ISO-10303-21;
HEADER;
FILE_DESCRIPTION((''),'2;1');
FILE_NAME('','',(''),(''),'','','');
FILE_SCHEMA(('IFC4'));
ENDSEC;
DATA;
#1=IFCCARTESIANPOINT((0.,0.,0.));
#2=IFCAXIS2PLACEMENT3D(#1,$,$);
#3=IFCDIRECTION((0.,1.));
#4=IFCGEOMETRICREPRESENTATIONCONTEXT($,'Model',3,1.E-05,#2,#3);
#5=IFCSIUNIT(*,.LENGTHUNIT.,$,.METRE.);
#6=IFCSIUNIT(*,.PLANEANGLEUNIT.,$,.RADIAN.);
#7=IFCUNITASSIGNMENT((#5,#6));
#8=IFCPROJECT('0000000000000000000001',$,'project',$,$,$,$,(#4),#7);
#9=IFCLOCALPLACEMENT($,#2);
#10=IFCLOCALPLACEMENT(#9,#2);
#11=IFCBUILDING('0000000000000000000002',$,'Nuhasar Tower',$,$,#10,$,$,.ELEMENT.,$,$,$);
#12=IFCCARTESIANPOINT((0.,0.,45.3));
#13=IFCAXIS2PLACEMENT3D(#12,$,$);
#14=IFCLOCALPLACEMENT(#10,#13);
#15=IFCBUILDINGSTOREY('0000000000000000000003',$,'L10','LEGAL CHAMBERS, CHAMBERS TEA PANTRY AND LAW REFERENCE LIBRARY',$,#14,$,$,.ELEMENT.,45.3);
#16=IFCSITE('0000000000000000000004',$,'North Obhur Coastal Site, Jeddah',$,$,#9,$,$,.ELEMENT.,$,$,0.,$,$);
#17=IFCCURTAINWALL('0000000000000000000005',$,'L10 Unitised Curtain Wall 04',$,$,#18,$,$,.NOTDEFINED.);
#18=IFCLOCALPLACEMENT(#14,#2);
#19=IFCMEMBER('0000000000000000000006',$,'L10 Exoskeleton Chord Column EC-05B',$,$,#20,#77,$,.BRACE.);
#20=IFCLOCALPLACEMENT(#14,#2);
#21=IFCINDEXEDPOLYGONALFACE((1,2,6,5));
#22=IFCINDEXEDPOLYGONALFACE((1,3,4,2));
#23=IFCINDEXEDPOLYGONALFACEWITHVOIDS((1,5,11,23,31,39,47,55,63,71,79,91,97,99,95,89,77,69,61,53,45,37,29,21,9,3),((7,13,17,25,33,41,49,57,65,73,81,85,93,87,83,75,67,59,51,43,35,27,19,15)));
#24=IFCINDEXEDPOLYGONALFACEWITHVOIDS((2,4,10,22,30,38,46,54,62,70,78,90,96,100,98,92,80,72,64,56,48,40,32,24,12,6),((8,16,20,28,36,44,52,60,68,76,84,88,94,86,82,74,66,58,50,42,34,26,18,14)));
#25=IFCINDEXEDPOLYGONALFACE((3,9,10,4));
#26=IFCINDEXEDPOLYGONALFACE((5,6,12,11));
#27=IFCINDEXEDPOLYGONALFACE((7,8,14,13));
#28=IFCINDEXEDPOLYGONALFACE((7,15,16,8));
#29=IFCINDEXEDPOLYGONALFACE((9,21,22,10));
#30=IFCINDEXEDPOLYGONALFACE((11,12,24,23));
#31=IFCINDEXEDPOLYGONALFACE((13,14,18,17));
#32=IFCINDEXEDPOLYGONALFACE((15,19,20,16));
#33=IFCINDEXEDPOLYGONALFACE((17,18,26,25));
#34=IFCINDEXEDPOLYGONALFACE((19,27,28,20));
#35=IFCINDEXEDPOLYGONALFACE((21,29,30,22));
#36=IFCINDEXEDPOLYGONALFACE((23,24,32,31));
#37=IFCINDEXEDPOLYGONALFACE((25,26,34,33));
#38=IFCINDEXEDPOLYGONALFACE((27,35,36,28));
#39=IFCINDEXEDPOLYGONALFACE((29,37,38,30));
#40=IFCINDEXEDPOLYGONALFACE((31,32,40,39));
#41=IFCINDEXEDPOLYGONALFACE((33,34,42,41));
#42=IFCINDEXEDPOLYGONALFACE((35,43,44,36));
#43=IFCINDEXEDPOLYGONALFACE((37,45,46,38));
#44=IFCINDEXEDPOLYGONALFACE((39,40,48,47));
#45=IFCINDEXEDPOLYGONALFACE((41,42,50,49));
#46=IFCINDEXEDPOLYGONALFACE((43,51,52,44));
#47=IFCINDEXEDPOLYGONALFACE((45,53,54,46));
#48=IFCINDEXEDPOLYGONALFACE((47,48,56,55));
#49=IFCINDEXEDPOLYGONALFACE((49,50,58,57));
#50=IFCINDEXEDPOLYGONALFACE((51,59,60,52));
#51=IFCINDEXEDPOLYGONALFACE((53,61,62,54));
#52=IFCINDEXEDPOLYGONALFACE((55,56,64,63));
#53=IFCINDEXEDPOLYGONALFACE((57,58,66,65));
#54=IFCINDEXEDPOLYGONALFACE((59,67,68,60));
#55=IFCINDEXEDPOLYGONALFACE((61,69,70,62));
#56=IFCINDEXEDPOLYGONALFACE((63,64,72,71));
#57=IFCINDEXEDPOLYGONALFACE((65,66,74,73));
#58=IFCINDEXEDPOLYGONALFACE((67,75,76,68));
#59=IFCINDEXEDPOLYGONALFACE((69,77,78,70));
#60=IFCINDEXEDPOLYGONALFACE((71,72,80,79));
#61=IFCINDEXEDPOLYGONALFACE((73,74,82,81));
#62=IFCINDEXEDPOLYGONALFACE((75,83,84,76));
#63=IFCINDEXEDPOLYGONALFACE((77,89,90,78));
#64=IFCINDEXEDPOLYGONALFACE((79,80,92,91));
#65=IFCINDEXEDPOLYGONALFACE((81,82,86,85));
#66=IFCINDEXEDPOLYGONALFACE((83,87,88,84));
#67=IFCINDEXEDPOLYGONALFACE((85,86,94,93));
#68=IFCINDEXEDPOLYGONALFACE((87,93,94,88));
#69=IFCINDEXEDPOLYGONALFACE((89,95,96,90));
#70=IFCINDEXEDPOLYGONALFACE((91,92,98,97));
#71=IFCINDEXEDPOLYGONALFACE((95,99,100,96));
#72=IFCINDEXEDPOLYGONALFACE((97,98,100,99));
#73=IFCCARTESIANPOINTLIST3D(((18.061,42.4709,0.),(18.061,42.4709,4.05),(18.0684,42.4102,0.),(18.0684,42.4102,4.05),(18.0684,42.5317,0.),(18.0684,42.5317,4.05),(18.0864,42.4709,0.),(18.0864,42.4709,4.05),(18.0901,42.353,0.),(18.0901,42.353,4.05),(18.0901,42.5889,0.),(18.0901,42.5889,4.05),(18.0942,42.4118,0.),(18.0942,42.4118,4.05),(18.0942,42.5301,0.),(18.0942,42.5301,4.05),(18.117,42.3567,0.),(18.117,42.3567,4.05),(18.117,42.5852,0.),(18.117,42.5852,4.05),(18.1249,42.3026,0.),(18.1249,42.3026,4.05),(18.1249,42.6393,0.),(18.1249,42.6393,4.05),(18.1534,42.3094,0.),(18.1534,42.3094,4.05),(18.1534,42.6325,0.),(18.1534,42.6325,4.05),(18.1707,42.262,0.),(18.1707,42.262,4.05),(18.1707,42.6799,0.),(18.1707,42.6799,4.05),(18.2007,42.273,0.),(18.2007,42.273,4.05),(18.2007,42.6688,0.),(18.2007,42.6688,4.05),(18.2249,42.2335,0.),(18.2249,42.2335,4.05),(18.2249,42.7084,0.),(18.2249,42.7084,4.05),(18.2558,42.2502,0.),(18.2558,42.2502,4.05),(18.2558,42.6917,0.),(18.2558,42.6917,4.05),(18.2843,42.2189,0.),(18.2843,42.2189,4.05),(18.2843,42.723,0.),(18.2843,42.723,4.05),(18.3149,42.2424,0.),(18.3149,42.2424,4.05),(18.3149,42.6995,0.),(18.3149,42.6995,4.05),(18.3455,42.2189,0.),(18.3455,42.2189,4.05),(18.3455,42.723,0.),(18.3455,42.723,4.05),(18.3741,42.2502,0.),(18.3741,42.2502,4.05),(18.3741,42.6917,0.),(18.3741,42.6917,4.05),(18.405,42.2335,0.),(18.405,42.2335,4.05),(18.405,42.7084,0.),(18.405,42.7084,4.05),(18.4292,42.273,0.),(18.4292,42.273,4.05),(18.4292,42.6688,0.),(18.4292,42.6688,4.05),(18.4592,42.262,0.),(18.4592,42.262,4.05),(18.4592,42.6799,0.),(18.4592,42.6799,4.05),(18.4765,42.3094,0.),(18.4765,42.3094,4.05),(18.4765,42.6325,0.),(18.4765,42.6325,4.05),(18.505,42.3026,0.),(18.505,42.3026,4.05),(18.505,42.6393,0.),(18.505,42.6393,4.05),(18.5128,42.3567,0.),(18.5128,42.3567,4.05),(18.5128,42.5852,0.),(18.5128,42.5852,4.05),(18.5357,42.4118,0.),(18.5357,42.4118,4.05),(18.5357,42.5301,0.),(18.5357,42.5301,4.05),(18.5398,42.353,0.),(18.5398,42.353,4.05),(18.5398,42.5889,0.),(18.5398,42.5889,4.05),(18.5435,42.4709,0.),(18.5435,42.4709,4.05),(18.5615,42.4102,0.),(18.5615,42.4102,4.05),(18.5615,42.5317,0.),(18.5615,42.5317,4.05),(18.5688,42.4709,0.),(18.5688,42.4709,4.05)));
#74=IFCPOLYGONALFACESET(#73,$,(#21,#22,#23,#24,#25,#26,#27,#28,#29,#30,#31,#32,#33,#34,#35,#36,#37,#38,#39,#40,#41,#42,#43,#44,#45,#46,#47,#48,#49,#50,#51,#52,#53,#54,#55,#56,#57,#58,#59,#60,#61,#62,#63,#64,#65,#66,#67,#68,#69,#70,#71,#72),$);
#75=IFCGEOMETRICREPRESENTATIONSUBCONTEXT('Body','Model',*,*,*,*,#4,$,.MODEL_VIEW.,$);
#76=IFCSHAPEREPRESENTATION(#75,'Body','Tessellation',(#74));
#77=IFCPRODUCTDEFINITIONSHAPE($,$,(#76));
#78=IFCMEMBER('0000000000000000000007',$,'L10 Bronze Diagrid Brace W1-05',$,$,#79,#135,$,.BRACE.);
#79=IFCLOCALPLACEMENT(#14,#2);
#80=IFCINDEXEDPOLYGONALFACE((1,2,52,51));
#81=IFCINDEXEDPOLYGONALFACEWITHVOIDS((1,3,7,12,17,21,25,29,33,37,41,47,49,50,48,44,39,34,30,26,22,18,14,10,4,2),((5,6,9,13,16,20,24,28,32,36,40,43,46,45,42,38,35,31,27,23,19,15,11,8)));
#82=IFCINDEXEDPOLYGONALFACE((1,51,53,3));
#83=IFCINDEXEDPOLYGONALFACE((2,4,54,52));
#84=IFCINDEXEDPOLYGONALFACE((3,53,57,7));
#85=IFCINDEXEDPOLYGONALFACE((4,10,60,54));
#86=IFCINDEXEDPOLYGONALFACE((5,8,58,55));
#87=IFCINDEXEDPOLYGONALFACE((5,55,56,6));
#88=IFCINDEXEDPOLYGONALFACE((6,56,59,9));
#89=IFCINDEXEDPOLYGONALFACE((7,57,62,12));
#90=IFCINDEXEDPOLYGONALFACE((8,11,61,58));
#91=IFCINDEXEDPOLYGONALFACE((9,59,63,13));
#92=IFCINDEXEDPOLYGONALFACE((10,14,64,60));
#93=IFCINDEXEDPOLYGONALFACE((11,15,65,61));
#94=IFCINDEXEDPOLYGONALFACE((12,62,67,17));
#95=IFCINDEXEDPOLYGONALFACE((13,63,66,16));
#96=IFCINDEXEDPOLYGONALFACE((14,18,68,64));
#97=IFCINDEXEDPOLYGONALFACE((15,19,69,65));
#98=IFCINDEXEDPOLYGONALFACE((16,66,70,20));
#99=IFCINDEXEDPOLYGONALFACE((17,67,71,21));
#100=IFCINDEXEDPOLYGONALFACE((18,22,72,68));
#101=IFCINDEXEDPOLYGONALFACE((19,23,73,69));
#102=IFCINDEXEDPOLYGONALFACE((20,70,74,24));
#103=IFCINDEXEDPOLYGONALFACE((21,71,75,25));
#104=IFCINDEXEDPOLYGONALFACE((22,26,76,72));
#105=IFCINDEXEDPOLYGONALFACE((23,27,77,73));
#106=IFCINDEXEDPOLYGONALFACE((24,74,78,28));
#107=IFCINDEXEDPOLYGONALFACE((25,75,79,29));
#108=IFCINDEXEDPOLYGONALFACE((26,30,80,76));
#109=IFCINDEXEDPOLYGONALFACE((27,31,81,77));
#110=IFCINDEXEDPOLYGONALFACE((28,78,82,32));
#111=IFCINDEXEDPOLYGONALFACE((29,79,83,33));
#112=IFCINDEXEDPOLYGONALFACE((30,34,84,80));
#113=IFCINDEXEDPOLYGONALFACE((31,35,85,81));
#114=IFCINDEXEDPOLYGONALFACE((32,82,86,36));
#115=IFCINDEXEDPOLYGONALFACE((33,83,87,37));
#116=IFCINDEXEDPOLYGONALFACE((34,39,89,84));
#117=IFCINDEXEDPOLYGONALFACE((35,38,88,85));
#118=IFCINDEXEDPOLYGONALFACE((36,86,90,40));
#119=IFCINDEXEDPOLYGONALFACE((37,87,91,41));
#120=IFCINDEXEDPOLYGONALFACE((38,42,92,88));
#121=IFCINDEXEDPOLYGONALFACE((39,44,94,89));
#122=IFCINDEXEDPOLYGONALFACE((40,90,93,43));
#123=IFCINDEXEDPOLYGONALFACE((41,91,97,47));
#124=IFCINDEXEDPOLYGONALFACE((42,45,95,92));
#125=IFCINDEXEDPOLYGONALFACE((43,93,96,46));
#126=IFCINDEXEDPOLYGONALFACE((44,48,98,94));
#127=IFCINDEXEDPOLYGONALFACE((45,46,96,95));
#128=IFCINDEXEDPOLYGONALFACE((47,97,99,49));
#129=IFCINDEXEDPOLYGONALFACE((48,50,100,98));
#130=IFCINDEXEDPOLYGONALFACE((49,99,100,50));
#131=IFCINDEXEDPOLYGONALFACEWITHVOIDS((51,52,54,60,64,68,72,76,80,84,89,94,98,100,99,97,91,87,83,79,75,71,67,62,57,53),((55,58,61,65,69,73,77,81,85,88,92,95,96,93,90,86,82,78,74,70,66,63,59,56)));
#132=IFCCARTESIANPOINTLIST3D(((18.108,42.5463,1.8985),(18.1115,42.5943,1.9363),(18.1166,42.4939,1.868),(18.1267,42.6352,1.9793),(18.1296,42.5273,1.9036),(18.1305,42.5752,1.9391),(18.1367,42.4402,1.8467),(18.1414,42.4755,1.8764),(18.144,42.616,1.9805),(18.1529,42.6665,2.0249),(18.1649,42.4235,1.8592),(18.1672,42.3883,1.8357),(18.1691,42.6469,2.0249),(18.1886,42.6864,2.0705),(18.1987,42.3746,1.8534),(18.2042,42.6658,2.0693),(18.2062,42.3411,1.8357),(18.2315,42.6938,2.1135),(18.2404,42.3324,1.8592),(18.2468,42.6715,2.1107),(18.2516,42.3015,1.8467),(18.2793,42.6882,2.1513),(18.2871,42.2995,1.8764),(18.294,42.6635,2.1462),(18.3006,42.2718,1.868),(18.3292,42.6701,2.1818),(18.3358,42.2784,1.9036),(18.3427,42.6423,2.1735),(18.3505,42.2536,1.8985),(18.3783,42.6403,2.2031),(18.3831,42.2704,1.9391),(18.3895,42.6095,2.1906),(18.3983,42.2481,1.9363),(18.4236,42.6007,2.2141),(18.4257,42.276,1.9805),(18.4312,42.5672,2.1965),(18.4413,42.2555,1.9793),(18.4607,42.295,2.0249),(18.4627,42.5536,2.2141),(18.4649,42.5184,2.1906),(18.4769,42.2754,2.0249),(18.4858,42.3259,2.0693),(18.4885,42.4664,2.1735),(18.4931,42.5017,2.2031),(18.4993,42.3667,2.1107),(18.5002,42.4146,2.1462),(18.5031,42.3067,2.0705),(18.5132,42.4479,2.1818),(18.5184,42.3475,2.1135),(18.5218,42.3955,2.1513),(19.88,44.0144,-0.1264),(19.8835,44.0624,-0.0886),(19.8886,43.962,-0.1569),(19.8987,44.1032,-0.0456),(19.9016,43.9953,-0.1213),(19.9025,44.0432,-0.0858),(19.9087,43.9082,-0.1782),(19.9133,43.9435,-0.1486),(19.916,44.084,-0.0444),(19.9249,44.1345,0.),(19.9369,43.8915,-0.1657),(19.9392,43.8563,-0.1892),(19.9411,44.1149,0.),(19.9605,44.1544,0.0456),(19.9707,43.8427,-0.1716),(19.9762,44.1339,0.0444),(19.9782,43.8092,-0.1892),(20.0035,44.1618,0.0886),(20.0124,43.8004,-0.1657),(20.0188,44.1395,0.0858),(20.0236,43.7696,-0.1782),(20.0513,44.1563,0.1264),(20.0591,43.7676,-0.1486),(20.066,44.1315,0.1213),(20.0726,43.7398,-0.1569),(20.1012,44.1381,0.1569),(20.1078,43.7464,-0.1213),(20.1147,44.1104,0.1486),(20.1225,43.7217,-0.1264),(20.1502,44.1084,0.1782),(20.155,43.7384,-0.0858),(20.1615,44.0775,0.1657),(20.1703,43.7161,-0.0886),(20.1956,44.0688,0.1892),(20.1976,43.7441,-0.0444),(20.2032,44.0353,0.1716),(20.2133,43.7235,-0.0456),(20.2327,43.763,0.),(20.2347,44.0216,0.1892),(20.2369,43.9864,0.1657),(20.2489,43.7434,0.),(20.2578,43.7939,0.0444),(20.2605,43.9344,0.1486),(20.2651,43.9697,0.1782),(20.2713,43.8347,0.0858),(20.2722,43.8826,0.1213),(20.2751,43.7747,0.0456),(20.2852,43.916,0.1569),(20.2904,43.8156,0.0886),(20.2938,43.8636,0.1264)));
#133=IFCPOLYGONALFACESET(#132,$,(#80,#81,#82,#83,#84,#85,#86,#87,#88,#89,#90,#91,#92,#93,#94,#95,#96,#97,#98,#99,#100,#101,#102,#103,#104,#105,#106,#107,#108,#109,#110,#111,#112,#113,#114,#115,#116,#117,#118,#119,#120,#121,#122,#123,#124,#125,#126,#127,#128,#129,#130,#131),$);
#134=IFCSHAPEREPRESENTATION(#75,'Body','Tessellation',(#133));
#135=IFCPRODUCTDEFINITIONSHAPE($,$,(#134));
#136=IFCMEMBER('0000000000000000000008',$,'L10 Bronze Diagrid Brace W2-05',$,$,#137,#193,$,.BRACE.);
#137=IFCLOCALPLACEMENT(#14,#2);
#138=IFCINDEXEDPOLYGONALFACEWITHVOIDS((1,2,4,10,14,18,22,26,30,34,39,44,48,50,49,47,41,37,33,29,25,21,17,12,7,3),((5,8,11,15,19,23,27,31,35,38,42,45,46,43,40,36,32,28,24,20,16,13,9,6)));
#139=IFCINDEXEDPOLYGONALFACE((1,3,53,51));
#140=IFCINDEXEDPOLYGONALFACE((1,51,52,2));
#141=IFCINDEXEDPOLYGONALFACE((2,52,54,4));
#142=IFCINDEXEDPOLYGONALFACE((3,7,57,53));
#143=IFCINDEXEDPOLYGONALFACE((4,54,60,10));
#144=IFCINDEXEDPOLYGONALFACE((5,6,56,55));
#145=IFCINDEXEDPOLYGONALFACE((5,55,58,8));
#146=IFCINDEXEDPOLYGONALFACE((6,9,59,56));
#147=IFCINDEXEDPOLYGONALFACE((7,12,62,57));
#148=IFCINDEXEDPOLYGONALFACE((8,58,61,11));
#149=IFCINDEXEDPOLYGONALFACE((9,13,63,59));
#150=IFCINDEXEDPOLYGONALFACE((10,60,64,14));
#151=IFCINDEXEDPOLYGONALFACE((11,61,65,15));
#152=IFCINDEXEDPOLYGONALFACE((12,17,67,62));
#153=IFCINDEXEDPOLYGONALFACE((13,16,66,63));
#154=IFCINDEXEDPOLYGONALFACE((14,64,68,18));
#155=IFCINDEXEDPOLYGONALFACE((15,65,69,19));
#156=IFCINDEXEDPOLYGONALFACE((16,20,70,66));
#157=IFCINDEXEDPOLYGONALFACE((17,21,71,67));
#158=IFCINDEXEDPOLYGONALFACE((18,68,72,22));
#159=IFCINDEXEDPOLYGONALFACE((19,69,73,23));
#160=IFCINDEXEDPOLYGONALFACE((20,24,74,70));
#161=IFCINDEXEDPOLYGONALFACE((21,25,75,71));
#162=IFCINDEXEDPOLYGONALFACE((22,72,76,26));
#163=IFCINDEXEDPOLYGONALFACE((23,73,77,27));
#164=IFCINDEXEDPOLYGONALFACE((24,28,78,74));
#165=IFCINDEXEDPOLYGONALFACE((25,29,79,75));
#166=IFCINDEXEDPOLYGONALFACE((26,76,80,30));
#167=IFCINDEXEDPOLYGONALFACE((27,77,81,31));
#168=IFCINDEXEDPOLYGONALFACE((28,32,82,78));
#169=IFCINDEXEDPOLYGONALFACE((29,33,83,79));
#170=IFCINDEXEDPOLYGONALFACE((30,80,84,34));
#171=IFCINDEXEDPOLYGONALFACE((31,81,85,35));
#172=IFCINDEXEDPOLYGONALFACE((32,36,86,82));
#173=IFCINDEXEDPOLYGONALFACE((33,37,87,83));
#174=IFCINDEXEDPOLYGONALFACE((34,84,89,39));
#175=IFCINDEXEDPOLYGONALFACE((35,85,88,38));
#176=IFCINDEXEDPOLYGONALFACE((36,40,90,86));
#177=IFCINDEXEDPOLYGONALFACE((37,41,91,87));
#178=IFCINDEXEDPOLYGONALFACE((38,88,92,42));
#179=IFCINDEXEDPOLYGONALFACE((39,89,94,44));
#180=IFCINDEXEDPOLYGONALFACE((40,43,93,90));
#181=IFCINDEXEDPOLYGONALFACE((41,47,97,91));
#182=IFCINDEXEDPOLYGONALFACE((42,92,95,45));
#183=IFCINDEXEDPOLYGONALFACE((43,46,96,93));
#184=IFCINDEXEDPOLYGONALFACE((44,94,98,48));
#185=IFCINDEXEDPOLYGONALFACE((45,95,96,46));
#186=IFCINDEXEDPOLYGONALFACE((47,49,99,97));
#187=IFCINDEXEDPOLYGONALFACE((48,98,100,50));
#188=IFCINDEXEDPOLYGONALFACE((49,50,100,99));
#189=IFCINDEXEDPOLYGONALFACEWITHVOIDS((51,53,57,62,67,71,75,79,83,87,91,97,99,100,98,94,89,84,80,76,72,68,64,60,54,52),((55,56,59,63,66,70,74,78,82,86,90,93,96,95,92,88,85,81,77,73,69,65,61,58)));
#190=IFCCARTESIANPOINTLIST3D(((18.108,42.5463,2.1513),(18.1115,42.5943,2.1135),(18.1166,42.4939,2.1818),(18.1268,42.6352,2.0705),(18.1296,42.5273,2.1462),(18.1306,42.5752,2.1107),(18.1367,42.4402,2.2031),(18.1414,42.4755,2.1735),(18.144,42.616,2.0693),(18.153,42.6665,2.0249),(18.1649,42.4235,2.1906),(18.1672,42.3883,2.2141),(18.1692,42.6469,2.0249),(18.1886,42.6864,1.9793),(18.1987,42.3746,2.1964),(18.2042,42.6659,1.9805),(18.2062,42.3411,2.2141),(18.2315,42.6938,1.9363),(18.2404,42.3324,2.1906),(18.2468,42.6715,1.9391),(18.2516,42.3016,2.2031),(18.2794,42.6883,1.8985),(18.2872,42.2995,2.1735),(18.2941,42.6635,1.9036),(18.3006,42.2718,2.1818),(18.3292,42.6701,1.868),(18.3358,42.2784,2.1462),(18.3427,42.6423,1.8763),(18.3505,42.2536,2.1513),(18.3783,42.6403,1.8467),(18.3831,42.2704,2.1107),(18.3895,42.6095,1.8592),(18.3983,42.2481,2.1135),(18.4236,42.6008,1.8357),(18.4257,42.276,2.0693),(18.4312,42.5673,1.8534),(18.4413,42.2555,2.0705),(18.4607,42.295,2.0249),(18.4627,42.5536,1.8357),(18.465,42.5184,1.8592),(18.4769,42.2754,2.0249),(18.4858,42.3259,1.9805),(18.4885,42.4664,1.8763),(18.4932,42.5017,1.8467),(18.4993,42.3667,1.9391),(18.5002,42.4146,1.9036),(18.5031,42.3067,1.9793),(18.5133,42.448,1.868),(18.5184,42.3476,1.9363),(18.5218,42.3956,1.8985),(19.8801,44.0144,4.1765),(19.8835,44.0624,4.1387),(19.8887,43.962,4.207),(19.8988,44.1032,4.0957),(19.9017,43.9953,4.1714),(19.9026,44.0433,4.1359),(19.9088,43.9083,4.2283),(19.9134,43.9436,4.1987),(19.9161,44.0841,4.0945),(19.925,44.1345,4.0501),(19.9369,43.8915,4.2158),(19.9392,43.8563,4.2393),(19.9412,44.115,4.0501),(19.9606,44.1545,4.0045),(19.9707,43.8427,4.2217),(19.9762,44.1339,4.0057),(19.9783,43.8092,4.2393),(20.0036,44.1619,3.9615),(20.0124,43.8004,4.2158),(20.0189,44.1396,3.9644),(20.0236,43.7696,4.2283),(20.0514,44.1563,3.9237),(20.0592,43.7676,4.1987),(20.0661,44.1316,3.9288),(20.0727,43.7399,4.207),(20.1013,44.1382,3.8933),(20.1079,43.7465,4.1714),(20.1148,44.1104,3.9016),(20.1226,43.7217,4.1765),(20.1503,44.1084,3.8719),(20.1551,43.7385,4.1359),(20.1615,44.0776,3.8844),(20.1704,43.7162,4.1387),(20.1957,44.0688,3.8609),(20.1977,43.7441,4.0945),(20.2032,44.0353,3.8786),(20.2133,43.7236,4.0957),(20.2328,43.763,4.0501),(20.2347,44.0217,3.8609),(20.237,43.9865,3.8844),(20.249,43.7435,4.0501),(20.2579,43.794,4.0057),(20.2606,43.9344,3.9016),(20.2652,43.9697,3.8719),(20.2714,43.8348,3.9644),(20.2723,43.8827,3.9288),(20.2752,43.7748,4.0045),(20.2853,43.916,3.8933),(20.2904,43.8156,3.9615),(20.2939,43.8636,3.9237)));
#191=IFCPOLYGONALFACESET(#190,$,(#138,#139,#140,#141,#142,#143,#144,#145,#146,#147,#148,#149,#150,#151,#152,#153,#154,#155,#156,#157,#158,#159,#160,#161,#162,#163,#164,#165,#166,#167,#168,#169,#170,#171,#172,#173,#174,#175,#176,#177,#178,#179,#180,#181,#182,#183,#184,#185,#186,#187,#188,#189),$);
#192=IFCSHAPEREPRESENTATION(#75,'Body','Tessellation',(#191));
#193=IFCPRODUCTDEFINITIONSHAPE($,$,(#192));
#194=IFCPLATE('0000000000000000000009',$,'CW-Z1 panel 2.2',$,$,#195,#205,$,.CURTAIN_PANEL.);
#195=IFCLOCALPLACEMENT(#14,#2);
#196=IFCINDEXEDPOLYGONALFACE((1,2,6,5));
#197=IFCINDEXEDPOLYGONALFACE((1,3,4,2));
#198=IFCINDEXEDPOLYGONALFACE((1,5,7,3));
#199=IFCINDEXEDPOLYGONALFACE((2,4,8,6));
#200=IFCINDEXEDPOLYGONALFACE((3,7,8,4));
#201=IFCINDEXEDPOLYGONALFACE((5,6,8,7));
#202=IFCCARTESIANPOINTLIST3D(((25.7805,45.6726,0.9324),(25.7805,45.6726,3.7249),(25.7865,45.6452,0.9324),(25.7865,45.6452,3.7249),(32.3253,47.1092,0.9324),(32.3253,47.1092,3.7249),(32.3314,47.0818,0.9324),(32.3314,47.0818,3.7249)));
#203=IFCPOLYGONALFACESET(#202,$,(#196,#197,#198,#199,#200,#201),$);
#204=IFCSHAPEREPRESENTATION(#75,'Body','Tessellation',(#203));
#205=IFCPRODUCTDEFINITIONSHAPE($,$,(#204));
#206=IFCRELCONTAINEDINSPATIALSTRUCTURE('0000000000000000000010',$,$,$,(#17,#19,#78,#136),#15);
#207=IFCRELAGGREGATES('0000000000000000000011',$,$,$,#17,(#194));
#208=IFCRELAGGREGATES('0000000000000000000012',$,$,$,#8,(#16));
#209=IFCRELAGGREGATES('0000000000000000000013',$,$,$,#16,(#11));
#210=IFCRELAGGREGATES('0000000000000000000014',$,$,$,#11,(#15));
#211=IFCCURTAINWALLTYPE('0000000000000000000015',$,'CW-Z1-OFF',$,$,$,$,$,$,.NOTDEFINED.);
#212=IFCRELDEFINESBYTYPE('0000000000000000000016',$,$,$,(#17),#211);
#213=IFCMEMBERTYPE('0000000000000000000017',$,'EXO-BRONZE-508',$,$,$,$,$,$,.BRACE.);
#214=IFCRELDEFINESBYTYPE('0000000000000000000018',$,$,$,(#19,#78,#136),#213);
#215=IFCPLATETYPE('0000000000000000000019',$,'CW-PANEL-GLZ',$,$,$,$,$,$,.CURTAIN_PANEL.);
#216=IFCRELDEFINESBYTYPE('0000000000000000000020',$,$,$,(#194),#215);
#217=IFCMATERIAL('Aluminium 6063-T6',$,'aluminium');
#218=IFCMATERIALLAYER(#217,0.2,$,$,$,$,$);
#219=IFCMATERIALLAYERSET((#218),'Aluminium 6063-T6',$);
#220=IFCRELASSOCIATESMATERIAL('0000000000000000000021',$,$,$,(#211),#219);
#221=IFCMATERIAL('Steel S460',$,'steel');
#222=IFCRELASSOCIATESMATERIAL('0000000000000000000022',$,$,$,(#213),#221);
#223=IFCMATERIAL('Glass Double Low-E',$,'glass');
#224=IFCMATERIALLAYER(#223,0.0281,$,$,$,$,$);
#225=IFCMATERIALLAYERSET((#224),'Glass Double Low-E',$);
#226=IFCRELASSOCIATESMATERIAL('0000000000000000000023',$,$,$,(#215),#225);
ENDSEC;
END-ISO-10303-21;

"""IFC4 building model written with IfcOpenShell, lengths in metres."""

from ifc_helpers import new_model, si_unit, direction, frame, origin, origin_2d, place, context, subcontext, project, spatial, rectangle, hollow_circle, extrude, material, layer, layer_set, material_profile, profile_set, type_object, element, aggregate, save


model = new_model("IFC4")

# Units and contexts
model_context = context("Model", 3, precision=1e-05, world=origin(), true_north=direction((0.0, 1.0)))
body_context = subcontext(model_context, "Body", "Model", "MODEL_VIEW")
ifc_project = project(units=[si_unit("LENGTHUNIT", "METRE"), si_unit("PLANEANGLEUNIT", "RADIAN")], contexts=[model_context])

# Site, building, storey
site_placement = place(None, origin())
site = spatial("IfcSite", under=ifc_project, at=site_placement, Name="North Obhur Coastal Site, Jeddah", CompositionType="ELEMENT", RefElevation=0.0)
building_placement = place(site_placement, origin())
building = spatial("IfcBuilding", under=site, at=building_placement, Name="Nuhasar Tower", CompositionType="ELEMENT")
storey_placement = place(building_placement, frame((0.0, 0.0, 45.3)))
storey = spatial("IfcBuildingStorey", under=building, at=storey_placement, Name="L10", Description="LEGAL CHAMBERS, CHAMBERS TEA PANTRY AND LAW REFERENCE LIBRARY", CompositionType="ELEMENT", Elevation=45.3)

# Curtain wall
ifc_material_1 = material(Name="Aluminium 6063-T6", Category="aluminium")
ifc_layer_1 = layer(ifc_material_1, 0.2)
ifc_layer_set_1 = layer_set([ifc_layer_1], Name="Aluminium 6063-T6")
curtain_wall_type = type_object("IfcCurtainWallType", Name="CW-Z1-OFF", PredefinedType="NOTDEFINED", material=ifc_layer_set_1)
curtain_wall_1_placement = place(storey_placement, origin())
curtain_wall_1 = element("IfcCurtainWall", 1, at=curtain_wall_1_placement, inside=storey, type_object=curtain_wall_type, Name="L10 Unitised Curtain Wall 04", PredefinedType="NOTDEFINED")

# Members
ifc_material_2 = material(Name="Steel S460", Category="steel")
ifc_material_profile_1 = material_profile(ifc_material_2, hollow_circle(Radius=0.2539, WallThickness=0.0254, at=origin_2d()), Name="HSS508X25.4")
ifc_profile_set_1 = profile_set([ifc_material_profile_1], Name="Steel S460")
member_type_1 = type_object("IfcMemberType", Name="EXO-BRONZE-508", PredefinedType="BRACE", material=ifc_profile_set_1)
for number, where, z_axis, x_axis, name in (
    (2, (18.3149, 42.4709, 0.0), (0.0, 0.0, 1.0), (1.0, 0.0, 0.0), "L10 Exoskeleton Chord Column EC-05B"),
):
    element("IfcMember", number, at=place(storey_placement, frame(where, z_axis=z_axis, x_axis=x_axis)), inside=storey, type_object=member_type_1, Name=name, PredefinedType="BRACE", context=body_context, shape_type="SweptSolid", body=[
        extrude(hollow_circle(Radius=0.2539, WallThickness=0.0254, at=origin_2d()), origin(), (0.0, 0.0, 1.0), 4.05),
    ])
member_1_placement = place(storey_placement, frame((20.0869, 43.939, 0.0), z_axis=(-0.578102, -0.478937, 0.660619), x_axis=(0.637969, -0.770062, 0.0)))
element("IfcMember", 3, at=member_1_placement, inside=storey, type_object=member_type_1, Name="L10 Bronze Diagrid Brace W1-05", PredefinedType="BRACE", context=body_context, shape_type="SweptSolid", body=[
    extrude(hollow_circle(Radius=0.2539, WallThickness=0.0254, at=origin_2d()), origin(), (0.0, 0.0, 1.0), 3.0652),
])
member_2_placement = place(storey_placement, frame((18.3149, 42.4709, 2.0249), z_axis=(0.578071, 0.478912, 0.660664), x_axis=(-0.637969, 0.770062, 0.0)))
element("IfcMember", 4, at=member_2_placement, inside=storey, type_object=member_type_1, Name="L10 Bronze Diagrid Brace W2-05", PredefinedType="BRACE", context=body_context, shape_type="SweptSolid", body=[
    extrude(hollow_circle(Radius=0.2539, WallThickness=0.0254, at=origin_2d()), origin(), (0.0, 0.0, 1.0), 3.0654),
])

# Plate
ifc_material_3 = material(Name="Glass Double Low-E", Category="glass")
ifc_layer_2 = layer(ifc_material_3, 0.0281)
ifc_layer_set_2 = layer_set([ifc_layer_2], Name="Glass Double Low-E")
plate_type_1 = type_object("IfcPlateType", Name="CW-PANEL-GLZ", PredefinedType="CURTAIN_PANEL", material=ifc_layer_set_2)
plate_1_placement = place(storey_placement, frame((29.0559, 46.3772, 0.9324), z_axis=(0.0, 0.0, 1.0), x_axis=(-0.976746, -0.214399, 0.0)))
plate_1 = element("IfcPlate", 5, at=plate_1_placement, type_object=plate_type_1, Name="CW-Z1 panel 2.2", PredefinedType="CURTAIN_PANEL", context=body_context, shape_type="SweptSolid", body=[
    extrude(rectangle(XDim=6.7007, YDim=0.0281, at=origin_2d()), origin(), (0.0, 0.0, 1.0), 2.7925),
])
aggregate(curtain_wall_1, [plate_1])

save(model, "model.ifc")
